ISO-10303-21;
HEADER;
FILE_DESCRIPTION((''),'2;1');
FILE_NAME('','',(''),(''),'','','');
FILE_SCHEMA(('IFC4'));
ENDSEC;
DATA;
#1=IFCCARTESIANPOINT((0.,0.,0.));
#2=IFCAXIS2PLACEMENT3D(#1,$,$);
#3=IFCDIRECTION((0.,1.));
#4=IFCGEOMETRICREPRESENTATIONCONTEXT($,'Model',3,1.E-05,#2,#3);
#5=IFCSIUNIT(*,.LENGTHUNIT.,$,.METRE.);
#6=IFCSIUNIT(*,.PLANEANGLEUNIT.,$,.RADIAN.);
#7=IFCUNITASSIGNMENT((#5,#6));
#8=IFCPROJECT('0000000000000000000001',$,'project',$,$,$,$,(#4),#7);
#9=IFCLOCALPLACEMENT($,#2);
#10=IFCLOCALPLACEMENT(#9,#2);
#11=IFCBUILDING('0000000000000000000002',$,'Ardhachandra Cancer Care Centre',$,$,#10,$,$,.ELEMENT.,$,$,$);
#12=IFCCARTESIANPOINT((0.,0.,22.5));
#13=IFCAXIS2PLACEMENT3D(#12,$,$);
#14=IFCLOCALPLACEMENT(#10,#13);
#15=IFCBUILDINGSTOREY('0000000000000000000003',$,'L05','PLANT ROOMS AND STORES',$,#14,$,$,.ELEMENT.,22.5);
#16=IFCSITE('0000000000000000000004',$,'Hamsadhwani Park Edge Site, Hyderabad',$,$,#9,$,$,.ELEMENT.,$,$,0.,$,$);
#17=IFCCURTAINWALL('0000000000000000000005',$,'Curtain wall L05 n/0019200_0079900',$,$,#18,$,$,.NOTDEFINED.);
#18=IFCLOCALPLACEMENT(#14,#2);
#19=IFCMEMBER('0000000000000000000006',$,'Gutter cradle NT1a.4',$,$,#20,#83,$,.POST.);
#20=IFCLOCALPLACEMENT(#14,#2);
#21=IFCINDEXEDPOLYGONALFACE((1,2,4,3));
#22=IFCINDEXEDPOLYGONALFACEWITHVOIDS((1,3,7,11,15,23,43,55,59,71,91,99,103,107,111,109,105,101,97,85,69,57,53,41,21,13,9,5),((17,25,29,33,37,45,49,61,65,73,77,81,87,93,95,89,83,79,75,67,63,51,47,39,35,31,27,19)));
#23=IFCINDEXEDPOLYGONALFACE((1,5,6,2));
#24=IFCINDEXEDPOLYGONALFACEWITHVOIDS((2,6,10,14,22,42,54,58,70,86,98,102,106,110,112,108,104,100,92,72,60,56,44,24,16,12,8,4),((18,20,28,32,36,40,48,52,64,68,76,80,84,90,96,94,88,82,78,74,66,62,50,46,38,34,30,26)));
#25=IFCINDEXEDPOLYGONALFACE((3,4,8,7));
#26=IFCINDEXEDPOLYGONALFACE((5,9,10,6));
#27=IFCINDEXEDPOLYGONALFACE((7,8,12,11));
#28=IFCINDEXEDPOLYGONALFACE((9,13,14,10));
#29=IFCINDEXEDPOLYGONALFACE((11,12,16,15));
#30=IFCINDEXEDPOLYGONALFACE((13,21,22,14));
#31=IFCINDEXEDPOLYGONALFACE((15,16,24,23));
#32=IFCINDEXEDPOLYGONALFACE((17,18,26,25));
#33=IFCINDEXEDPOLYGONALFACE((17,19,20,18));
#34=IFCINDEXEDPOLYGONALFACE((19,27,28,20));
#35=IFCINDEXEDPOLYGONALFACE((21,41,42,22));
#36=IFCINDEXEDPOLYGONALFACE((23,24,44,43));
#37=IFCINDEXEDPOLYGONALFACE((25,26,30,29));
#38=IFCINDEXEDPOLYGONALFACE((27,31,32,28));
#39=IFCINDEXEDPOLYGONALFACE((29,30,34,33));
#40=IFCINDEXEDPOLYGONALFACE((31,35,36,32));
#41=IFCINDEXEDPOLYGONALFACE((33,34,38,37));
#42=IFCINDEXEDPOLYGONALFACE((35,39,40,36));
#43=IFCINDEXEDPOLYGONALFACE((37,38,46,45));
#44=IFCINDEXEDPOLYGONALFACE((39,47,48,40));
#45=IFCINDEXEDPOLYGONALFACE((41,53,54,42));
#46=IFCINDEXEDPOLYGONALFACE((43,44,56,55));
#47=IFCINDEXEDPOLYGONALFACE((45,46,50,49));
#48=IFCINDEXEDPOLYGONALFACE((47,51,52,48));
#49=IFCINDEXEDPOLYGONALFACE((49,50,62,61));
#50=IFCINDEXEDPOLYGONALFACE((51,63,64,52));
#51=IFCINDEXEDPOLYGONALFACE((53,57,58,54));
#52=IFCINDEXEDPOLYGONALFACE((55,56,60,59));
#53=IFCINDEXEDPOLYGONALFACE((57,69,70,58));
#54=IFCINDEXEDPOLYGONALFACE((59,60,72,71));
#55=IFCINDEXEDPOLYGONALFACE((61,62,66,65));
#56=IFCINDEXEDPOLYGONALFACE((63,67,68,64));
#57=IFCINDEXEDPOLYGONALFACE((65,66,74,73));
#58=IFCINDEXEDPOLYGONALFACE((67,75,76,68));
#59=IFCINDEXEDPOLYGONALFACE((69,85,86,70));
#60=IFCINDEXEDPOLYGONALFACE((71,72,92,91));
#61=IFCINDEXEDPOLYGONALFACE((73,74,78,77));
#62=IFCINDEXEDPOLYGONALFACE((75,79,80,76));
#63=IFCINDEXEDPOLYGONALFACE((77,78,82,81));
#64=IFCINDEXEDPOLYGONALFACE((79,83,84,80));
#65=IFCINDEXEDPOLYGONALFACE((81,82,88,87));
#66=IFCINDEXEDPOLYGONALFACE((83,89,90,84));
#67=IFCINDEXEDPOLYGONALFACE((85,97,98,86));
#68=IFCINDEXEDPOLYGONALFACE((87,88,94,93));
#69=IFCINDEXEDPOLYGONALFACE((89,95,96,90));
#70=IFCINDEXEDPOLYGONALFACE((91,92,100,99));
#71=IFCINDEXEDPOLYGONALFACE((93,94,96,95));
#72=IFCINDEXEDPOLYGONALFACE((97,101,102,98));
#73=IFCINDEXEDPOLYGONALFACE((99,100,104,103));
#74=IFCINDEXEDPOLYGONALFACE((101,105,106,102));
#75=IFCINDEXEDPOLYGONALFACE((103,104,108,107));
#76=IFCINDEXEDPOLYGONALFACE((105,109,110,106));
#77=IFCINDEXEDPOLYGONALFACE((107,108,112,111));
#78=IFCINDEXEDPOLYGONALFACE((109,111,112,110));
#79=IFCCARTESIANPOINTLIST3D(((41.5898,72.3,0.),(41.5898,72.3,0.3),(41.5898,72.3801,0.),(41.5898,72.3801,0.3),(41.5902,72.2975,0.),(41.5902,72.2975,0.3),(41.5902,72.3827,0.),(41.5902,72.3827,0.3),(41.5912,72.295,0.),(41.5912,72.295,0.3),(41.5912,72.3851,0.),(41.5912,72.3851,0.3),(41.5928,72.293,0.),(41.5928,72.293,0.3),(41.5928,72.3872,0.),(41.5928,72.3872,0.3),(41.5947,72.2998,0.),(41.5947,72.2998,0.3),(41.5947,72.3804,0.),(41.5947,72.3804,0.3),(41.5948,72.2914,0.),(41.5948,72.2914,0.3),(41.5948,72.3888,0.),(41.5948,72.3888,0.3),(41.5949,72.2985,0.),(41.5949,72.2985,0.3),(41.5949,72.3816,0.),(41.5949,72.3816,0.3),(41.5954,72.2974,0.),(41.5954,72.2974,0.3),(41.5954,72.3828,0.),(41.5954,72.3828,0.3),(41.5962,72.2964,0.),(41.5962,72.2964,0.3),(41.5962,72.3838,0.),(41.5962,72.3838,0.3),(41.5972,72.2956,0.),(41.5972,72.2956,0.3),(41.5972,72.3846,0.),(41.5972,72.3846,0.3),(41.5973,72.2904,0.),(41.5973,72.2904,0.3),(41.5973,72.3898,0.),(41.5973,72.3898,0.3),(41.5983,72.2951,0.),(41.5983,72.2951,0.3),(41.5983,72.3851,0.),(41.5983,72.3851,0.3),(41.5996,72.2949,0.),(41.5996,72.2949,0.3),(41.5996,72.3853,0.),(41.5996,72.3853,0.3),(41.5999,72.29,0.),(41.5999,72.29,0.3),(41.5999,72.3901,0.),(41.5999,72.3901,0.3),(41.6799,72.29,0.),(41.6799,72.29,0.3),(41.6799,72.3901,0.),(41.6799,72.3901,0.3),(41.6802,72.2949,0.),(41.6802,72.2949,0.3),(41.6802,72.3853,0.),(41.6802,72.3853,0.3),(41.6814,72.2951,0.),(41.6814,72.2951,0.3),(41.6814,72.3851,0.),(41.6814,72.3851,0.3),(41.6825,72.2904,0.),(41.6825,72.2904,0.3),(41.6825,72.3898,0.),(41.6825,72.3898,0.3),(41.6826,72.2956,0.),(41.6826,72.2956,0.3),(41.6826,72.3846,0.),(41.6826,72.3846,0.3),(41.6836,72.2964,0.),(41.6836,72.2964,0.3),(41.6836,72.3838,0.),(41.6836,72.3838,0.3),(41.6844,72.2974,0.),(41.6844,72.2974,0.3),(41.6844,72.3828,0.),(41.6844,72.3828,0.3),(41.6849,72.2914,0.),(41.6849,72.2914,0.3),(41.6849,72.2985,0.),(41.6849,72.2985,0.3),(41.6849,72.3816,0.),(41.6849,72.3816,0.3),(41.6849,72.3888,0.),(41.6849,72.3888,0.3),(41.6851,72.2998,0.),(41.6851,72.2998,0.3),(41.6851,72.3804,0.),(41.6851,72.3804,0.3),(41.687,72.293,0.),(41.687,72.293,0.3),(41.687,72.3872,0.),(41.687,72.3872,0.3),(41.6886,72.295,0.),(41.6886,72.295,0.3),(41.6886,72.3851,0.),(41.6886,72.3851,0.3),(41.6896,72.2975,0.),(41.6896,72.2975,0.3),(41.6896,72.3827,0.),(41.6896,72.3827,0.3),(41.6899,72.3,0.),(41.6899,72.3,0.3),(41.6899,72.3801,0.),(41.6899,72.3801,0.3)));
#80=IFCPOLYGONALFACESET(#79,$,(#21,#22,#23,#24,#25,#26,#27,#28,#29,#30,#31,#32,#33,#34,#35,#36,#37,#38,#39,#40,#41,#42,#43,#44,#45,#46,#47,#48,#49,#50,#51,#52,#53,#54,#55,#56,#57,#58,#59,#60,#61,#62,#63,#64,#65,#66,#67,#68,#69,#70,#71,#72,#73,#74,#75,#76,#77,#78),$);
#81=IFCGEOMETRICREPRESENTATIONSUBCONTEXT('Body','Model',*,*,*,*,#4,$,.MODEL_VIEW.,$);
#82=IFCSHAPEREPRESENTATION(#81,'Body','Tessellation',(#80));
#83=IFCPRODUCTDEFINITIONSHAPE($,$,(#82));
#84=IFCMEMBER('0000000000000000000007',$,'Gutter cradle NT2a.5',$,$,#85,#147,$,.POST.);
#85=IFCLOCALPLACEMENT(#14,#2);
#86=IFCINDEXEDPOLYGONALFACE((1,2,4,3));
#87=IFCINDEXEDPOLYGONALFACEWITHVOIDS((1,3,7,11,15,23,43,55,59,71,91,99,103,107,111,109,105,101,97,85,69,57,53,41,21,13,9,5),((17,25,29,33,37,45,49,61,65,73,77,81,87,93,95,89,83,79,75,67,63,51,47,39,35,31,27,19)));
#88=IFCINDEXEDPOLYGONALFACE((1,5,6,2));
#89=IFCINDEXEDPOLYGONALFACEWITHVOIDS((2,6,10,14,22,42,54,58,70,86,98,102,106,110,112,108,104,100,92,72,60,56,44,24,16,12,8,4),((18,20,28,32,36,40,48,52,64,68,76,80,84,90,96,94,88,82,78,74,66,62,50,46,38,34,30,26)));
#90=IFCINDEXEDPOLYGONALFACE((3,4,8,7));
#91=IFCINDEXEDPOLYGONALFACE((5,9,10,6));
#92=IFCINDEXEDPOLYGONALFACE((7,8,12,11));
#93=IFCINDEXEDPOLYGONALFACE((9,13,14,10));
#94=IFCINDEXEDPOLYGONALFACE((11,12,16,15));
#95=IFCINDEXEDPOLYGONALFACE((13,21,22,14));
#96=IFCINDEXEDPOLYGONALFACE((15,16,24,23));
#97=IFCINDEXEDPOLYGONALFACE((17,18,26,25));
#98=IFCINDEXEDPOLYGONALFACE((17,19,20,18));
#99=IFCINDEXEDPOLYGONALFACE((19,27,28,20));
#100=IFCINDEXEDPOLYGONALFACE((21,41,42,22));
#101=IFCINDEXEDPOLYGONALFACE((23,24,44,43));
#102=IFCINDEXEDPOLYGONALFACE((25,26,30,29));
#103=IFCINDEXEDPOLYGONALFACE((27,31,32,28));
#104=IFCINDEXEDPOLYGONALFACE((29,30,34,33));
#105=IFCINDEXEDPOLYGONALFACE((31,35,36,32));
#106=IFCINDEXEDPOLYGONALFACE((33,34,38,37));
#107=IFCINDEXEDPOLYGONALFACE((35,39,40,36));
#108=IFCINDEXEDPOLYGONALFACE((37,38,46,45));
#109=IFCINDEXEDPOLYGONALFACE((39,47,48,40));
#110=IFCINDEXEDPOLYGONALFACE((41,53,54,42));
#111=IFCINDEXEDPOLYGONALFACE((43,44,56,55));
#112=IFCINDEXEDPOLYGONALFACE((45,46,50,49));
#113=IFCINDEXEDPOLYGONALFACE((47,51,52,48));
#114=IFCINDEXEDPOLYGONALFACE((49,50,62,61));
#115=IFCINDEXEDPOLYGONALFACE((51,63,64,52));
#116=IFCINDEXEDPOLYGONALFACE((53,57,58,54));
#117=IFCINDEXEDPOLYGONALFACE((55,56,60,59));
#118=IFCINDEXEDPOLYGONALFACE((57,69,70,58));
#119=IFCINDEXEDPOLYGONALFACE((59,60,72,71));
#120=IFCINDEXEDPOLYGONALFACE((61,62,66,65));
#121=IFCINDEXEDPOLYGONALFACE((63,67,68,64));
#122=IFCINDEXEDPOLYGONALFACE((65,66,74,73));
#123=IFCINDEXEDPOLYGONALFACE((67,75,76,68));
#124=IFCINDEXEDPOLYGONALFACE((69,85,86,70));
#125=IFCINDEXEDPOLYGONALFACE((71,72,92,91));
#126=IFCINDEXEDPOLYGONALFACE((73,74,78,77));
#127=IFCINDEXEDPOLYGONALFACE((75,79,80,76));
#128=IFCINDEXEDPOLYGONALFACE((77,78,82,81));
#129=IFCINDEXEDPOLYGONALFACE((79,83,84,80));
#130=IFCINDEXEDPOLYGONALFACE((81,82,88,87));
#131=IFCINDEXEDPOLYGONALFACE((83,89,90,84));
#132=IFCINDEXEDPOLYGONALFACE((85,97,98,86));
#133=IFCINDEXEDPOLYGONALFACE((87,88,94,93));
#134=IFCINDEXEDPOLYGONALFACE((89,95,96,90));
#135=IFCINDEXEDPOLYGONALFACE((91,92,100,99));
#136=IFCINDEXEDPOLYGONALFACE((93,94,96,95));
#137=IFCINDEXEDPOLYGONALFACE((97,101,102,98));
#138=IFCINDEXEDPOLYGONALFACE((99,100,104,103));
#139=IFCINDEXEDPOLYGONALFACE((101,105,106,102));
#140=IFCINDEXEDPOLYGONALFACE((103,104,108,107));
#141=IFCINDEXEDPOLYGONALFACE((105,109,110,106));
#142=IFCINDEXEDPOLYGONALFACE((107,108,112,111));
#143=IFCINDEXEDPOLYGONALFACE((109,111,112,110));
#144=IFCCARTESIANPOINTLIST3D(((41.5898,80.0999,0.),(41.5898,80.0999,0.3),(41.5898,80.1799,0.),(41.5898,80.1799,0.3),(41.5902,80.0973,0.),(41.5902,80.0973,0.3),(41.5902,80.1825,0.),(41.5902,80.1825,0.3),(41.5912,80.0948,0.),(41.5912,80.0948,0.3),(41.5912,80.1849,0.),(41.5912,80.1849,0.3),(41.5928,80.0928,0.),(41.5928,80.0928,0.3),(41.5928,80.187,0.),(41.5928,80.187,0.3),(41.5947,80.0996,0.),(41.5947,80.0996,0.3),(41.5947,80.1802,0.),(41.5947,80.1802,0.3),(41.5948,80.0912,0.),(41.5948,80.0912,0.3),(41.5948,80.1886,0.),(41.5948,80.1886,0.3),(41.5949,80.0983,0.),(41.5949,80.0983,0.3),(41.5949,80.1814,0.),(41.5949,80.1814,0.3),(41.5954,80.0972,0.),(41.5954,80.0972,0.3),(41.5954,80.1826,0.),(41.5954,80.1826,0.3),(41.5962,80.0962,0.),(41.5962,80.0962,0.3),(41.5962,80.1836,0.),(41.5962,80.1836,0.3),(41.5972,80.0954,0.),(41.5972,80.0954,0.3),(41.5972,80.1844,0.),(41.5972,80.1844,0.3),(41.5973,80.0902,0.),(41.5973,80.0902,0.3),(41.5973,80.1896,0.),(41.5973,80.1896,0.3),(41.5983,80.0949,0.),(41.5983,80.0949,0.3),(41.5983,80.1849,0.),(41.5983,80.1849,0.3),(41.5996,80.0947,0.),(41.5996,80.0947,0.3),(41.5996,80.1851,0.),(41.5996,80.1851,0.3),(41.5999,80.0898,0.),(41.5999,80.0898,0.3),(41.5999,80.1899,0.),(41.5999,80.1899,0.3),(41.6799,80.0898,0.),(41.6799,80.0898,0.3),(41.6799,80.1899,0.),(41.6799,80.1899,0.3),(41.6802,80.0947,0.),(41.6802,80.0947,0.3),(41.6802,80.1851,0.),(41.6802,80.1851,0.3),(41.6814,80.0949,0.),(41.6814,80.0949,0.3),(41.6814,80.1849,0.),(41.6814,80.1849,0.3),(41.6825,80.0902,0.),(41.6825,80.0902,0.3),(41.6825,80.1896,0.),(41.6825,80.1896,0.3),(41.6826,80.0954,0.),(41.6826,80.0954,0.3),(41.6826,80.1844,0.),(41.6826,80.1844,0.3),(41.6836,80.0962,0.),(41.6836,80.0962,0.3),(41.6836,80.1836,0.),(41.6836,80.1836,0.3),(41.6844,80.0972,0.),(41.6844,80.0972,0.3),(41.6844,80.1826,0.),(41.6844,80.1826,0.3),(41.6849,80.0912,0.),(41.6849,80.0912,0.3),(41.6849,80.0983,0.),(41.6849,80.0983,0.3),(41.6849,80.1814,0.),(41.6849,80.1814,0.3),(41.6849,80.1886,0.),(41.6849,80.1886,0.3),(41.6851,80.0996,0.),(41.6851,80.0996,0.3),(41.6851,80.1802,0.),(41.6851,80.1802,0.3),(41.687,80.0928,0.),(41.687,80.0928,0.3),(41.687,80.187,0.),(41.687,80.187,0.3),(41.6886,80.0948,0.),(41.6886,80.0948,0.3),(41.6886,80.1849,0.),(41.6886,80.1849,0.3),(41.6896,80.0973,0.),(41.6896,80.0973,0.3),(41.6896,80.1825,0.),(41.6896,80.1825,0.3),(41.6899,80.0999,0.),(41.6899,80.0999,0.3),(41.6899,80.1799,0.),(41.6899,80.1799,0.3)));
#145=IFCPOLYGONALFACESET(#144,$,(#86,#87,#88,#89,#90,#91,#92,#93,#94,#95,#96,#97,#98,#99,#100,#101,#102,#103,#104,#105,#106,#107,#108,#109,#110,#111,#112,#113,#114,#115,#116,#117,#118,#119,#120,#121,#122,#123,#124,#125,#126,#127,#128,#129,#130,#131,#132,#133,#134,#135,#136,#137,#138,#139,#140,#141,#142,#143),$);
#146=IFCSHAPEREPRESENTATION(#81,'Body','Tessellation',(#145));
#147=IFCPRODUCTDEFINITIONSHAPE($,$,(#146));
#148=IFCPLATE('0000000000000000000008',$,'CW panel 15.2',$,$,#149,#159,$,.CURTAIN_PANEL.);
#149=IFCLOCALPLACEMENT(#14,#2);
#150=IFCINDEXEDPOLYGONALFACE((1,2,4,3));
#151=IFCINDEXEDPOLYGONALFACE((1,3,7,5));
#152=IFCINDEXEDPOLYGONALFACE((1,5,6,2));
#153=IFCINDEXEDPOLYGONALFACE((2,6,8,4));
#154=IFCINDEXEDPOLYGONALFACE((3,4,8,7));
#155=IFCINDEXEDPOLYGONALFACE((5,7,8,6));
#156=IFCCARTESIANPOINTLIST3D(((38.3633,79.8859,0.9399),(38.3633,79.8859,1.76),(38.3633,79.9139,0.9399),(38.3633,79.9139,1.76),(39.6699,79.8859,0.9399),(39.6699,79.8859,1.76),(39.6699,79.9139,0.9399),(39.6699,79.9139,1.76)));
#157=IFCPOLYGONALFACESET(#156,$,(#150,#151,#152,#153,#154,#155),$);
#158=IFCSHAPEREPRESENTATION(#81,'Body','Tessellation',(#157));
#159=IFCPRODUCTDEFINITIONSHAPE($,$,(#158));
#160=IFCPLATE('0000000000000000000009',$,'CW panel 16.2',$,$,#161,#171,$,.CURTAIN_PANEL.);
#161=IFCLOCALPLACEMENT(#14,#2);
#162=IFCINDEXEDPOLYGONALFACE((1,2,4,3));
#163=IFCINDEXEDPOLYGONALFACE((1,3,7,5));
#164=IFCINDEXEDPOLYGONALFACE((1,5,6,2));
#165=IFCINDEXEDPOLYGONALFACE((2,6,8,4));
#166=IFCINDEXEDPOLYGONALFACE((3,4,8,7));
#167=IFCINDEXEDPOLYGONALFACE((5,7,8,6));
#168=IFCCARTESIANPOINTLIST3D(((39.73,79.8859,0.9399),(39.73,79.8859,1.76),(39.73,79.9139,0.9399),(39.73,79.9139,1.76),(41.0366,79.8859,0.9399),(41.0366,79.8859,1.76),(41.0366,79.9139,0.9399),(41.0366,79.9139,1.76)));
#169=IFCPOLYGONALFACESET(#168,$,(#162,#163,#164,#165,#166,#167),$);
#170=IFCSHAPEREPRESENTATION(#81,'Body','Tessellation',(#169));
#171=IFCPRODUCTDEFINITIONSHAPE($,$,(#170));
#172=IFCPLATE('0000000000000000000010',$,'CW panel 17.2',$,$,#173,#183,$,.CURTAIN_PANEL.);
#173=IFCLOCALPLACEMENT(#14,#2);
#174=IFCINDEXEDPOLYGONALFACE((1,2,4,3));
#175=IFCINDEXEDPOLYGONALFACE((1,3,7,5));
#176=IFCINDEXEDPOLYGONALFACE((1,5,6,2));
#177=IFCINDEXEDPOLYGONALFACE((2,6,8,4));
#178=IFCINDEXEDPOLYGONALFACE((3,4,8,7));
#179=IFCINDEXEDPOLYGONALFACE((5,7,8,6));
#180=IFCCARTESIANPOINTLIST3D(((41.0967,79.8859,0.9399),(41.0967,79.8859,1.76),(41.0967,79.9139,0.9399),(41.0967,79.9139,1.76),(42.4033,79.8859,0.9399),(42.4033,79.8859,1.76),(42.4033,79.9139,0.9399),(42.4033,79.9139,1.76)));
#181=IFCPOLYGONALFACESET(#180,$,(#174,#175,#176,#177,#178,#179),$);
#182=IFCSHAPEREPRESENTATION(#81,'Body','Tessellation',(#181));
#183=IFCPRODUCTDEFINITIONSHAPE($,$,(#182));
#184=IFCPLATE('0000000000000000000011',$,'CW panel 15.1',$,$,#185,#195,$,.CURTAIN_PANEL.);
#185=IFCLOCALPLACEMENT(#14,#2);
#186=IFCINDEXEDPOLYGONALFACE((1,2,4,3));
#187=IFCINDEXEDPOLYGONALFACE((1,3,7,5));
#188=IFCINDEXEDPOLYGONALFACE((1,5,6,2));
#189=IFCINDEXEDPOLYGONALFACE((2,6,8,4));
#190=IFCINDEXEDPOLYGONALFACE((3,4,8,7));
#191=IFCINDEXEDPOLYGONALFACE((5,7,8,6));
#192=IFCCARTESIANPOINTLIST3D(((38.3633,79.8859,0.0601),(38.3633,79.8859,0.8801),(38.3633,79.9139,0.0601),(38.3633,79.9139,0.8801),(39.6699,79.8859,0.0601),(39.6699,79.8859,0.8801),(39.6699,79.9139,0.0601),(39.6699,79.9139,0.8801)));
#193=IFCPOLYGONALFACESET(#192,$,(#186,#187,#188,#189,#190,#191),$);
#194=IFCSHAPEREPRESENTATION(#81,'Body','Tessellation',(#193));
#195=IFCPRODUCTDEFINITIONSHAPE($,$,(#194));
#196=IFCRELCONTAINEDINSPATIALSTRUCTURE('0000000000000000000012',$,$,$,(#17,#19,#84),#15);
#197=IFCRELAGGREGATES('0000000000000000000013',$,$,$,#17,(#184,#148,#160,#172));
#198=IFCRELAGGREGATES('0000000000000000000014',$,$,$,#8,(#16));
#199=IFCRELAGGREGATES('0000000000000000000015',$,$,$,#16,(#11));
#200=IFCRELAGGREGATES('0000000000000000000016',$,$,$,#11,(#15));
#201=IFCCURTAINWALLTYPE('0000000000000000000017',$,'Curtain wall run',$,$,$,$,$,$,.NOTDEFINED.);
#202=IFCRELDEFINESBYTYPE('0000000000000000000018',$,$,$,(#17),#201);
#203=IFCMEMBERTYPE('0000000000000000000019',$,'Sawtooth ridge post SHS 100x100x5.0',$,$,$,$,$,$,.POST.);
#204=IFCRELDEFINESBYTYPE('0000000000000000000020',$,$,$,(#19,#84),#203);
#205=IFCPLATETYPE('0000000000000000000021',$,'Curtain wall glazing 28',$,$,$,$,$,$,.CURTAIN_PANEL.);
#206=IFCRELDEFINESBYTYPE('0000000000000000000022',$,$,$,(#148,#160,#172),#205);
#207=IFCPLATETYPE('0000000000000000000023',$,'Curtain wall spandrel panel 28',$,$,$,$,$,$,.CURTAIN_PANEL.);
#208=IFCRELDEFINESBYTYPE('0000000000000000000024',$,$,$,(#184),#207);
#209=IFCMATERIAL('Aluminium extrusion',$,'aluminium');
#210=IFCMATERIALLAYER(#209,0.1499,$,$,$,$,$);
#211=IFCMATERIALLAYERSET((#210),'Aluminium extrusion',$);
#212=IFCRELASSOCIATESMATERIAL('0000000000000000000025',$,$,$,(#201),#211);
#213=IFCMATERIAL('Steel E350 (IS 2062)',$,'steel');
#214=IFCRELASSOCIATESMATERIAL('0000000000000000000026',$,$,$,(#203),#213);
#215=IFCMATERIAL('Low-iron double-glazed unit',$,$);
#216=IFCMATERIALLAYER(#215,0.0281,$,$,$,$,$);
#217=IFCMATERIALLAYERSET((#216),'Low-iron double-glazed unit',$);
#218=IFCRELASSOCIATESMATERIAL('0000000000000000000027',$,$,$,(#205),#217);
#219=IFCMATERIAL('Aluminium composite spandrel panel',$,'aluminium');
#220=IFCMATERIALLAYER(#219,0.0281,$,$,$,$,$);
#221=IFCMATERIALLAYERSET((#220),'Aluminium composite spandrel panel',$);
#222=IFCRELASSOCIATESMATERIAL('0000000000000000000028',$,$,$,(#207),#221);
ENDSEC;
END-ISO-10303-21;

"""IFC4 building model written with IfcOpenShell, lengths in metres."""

from ifc_helpers import new_model, si_unit, direction, frame, origin, origin_2d, place, context, subcontext, project, spatial, rectangle, hollow_rectangle, extrude, material, layer, layer_set, material_profile, profile_set, type_object, element, aggregate, save


model = new_model("IFC4")

# Units and contexts
model_context = context("Model", 3, precision=1e-05, world=origin(), true_north=direction((0.0, 1.0)))
body_context = subcontext(model_context, "Body", "Model", "MODEL_VIEW")
ifc_project = project(units=[si_unit("LENGTHUNIT", "METRE"), si_unit("PLANEANGLEUNIT", "RADIAN")], contexts=[model_context])

# Site, building, storey
site_placement = place(None, origin())
site = spatial("IfcSite", under=ifc_project, at=site_placement, Name="Hamsadhwani Park Edge Site, Hyderabad", CompositionType="ELEMENT", RefElevation=0.0)
building_placement = place(site_placement, origin())
building = spatial("IfcBuilding", under=site, at=building_placement, Name="Ardhachandra Cancer Care Centre", CompositionType="ELEMENT")
storey_placement = place(building_placement, frame((0.0, 0.0, 22.5)))
storey = spatial("IfcBuildingStorey", under=building, at=storey_placement, Name="L05", Description="PLANT ROOMS AND STORES", CompositionType="ELEMENT", Elevation=22.5)

# Curtain wall
ifc_material_1 = material(Name="Aluminium extrusion", Category="aluminium")
ifc_layer_1 = layer(ifc_material_1, 0.1499)
ifc_layer_set_1 = layer_set([ifc_layer_1], Name="Aluminium extrusion")
curtain_wall_type = type_object("IfcCurtainWallType", Name="Curtain wall run", PredefinedType="NOTDEFINED", material=ifc_layer_set_1)
curtain_wall_placement = place(storey_placement, origin())
curtain_wall = element("IfcCurtainWall", 1, at=curtain_wall_placement, inside=storey, type_object=curtain_wall_type, Name="Curtain wall L05 n/0019200_0079900", PredefinedType="NOTDEFINED")

# Members
ifc_material_2 = material(Name="Steel E350 (IS 2062)", Category="steel")
ifc_material_profile_1 = material_profile(ifc_material_2, hollow_rectangle(XDim=0.1001, YDim=0.1001, WallThickness=0.0049, InnerFilletRadius=0.0049, OuterFilletRadius=0.01, at=origin_2d()), Name="SHS 100x100x5.0")
ifc_profile_set_1 = profile_set([ifc_material_profile_1], Name="Steel E350 (IS 2062)")
member_type_1 = type_object("IfcMemberType", Name="Sawtooth ridge post SHS 100x100x5.0", PredefinedType="POST", material=ifc_profile_set_1)
for number, where, z_axis, x_axis, name in (
    (2, (41.6399, 72.3401, 0.0), (0.0, 0.0, 1.0), (1.0, 0.0, 0.0), "Gutter cradle NT1a.4"),
    (3, (41.6399, 80.1399, 0.0), (0.0, 0.0, 1.0), (1.0, 0.0, 0.0), "Gutter cradle NT2a.5"),
):
    element("IfcMember", number, at=place(storey_placement, frame(where, z_axis=z_axis, x_axis=x_axis)), inside=storey, type_object=member_type_1, Name=name, PredefinedType="POST", context=body_context, shape_type="SweptSolid", body=[
        extrude(hollow_rectangle(XDim=0.1001, YDim=0.1001, WallThickness=0.0049, InnerFilletRadius=0.0049, OuterFilletRadius=0.01, at=origin_2d()), origin(), (0.0, 0.0, 1.0), 0.3),
    ])

# Plates
ifc_material_3 = material(Name="Low-iron double-glazed unit")
ifc_layer_2 = layer(ifc_material_3, 0.0281)
ifc_layer_set_2 = layer_set([ifc_layer_2], Name="Low-iron double-glazed unit")
plate_type_1 = type_object("IfcPlateType", Name="Curtain wall glazing 28", PredefinedType="CURTAIN_PANEL", material=ifc_layer_set_2)
plate_1_placement = place(storey_placement, frame((39.0166, 79.8999, 0.9399), z_axis=(0.0, 0.0, 1.0), x_axis=(1.0, 0.0, 0.0)))
plate_1 = element("IfcPlate", 4, at=plate_1_placement, type_object=plate_type_1, Name="CW panel 15.2", PredefinedType="CURTAIN_PANEL", context=body_context, shape_type="SweptSolid", body=[
    extrude(rectangle(XDim=1.3066, YDim=0.0281, at=origin_2d()), origin(), (0.0, 0.0, 1.0), 0.8201),
])
plate_2_placement = place(storey_placement, frame((40.3833, 79.8999, 0.9399), z_axis=(0.0, 0.0, 1.0), x_axis=(1.0, 0.0, 0.0)))
plate_2 = element("IfcPlate", 5, at=plate_2_placement, type_object=plate_type_1, Name="CW panel 16.2", PredefinedType="CURTAIN_PANEL", context=body_context, shape_type="SweptSolid", body=[
    extrude(rectangle(XDim=1.3066, YDim=0.0281, at=origin_2d()), origin(), (0.0, 0.0, 1.0), 0.8201),
])
plate_3_placement = place(storey_placement, frame((41.75, 79.8999, 0.9399), z_axis=(0.0, 0.0, 1.0), x_axis=(1.0, 0.0, 0.0)))
plate_3 = element("IfcPlate", 6, at=plate_3_placement, type_object=plate_type_1, Name="CW panel 17.2", PredefinedType="CURTAIN_PANEL", context=body_context, shape_type="SweptSolid", body=[
    extrude(rectangle(XDim=1.3066, YDim=0.0281, at=origin_2d()), origin(), (0.0, 0.0, 1.0), 0.8201),
])
ifc_material_4 = material(Name="Aluminium composite spandrel panel", Category="aluminium")
ifc_layer_3 = layer(ifc_material_4, 0.0281)
ifc_layer_set_3 = layer_set([ifc_layer_3], Name="Aluminium composite spandrel panel")
plate_type_2 = type_object("IfcPlateType", Name="Curtain wall spandrel panel 28", PredefinedType="CURTAIN_PANEL", material=ifc_layer_set_3)
plate_4_placement = place(storey_placement, frame((39.0166, 79.8999, 0.0601), z_axis=(0.0, 0.0, 1.0), x_axis=(1.0, 0.0, 0.0)))
plate_4 = element("IfcPlate", 7, at=plate_4_placement, type_object=plate_type_2, Name="CW panel 15.1", PredefinedType="CURTAIN_PANEL", context=body_context, shape_type="SweptSolid", body=[
    extrude(rectangle(XDim=1.3066, YDim=0.0281, at=origin_2d()), origin(), (0.0, 0.0, 1.0), 0.8201),
])
aggregate(curtain_wall, [plate_4, plate_1, plate_2, plate_3])

save(model, "model.ifc")
